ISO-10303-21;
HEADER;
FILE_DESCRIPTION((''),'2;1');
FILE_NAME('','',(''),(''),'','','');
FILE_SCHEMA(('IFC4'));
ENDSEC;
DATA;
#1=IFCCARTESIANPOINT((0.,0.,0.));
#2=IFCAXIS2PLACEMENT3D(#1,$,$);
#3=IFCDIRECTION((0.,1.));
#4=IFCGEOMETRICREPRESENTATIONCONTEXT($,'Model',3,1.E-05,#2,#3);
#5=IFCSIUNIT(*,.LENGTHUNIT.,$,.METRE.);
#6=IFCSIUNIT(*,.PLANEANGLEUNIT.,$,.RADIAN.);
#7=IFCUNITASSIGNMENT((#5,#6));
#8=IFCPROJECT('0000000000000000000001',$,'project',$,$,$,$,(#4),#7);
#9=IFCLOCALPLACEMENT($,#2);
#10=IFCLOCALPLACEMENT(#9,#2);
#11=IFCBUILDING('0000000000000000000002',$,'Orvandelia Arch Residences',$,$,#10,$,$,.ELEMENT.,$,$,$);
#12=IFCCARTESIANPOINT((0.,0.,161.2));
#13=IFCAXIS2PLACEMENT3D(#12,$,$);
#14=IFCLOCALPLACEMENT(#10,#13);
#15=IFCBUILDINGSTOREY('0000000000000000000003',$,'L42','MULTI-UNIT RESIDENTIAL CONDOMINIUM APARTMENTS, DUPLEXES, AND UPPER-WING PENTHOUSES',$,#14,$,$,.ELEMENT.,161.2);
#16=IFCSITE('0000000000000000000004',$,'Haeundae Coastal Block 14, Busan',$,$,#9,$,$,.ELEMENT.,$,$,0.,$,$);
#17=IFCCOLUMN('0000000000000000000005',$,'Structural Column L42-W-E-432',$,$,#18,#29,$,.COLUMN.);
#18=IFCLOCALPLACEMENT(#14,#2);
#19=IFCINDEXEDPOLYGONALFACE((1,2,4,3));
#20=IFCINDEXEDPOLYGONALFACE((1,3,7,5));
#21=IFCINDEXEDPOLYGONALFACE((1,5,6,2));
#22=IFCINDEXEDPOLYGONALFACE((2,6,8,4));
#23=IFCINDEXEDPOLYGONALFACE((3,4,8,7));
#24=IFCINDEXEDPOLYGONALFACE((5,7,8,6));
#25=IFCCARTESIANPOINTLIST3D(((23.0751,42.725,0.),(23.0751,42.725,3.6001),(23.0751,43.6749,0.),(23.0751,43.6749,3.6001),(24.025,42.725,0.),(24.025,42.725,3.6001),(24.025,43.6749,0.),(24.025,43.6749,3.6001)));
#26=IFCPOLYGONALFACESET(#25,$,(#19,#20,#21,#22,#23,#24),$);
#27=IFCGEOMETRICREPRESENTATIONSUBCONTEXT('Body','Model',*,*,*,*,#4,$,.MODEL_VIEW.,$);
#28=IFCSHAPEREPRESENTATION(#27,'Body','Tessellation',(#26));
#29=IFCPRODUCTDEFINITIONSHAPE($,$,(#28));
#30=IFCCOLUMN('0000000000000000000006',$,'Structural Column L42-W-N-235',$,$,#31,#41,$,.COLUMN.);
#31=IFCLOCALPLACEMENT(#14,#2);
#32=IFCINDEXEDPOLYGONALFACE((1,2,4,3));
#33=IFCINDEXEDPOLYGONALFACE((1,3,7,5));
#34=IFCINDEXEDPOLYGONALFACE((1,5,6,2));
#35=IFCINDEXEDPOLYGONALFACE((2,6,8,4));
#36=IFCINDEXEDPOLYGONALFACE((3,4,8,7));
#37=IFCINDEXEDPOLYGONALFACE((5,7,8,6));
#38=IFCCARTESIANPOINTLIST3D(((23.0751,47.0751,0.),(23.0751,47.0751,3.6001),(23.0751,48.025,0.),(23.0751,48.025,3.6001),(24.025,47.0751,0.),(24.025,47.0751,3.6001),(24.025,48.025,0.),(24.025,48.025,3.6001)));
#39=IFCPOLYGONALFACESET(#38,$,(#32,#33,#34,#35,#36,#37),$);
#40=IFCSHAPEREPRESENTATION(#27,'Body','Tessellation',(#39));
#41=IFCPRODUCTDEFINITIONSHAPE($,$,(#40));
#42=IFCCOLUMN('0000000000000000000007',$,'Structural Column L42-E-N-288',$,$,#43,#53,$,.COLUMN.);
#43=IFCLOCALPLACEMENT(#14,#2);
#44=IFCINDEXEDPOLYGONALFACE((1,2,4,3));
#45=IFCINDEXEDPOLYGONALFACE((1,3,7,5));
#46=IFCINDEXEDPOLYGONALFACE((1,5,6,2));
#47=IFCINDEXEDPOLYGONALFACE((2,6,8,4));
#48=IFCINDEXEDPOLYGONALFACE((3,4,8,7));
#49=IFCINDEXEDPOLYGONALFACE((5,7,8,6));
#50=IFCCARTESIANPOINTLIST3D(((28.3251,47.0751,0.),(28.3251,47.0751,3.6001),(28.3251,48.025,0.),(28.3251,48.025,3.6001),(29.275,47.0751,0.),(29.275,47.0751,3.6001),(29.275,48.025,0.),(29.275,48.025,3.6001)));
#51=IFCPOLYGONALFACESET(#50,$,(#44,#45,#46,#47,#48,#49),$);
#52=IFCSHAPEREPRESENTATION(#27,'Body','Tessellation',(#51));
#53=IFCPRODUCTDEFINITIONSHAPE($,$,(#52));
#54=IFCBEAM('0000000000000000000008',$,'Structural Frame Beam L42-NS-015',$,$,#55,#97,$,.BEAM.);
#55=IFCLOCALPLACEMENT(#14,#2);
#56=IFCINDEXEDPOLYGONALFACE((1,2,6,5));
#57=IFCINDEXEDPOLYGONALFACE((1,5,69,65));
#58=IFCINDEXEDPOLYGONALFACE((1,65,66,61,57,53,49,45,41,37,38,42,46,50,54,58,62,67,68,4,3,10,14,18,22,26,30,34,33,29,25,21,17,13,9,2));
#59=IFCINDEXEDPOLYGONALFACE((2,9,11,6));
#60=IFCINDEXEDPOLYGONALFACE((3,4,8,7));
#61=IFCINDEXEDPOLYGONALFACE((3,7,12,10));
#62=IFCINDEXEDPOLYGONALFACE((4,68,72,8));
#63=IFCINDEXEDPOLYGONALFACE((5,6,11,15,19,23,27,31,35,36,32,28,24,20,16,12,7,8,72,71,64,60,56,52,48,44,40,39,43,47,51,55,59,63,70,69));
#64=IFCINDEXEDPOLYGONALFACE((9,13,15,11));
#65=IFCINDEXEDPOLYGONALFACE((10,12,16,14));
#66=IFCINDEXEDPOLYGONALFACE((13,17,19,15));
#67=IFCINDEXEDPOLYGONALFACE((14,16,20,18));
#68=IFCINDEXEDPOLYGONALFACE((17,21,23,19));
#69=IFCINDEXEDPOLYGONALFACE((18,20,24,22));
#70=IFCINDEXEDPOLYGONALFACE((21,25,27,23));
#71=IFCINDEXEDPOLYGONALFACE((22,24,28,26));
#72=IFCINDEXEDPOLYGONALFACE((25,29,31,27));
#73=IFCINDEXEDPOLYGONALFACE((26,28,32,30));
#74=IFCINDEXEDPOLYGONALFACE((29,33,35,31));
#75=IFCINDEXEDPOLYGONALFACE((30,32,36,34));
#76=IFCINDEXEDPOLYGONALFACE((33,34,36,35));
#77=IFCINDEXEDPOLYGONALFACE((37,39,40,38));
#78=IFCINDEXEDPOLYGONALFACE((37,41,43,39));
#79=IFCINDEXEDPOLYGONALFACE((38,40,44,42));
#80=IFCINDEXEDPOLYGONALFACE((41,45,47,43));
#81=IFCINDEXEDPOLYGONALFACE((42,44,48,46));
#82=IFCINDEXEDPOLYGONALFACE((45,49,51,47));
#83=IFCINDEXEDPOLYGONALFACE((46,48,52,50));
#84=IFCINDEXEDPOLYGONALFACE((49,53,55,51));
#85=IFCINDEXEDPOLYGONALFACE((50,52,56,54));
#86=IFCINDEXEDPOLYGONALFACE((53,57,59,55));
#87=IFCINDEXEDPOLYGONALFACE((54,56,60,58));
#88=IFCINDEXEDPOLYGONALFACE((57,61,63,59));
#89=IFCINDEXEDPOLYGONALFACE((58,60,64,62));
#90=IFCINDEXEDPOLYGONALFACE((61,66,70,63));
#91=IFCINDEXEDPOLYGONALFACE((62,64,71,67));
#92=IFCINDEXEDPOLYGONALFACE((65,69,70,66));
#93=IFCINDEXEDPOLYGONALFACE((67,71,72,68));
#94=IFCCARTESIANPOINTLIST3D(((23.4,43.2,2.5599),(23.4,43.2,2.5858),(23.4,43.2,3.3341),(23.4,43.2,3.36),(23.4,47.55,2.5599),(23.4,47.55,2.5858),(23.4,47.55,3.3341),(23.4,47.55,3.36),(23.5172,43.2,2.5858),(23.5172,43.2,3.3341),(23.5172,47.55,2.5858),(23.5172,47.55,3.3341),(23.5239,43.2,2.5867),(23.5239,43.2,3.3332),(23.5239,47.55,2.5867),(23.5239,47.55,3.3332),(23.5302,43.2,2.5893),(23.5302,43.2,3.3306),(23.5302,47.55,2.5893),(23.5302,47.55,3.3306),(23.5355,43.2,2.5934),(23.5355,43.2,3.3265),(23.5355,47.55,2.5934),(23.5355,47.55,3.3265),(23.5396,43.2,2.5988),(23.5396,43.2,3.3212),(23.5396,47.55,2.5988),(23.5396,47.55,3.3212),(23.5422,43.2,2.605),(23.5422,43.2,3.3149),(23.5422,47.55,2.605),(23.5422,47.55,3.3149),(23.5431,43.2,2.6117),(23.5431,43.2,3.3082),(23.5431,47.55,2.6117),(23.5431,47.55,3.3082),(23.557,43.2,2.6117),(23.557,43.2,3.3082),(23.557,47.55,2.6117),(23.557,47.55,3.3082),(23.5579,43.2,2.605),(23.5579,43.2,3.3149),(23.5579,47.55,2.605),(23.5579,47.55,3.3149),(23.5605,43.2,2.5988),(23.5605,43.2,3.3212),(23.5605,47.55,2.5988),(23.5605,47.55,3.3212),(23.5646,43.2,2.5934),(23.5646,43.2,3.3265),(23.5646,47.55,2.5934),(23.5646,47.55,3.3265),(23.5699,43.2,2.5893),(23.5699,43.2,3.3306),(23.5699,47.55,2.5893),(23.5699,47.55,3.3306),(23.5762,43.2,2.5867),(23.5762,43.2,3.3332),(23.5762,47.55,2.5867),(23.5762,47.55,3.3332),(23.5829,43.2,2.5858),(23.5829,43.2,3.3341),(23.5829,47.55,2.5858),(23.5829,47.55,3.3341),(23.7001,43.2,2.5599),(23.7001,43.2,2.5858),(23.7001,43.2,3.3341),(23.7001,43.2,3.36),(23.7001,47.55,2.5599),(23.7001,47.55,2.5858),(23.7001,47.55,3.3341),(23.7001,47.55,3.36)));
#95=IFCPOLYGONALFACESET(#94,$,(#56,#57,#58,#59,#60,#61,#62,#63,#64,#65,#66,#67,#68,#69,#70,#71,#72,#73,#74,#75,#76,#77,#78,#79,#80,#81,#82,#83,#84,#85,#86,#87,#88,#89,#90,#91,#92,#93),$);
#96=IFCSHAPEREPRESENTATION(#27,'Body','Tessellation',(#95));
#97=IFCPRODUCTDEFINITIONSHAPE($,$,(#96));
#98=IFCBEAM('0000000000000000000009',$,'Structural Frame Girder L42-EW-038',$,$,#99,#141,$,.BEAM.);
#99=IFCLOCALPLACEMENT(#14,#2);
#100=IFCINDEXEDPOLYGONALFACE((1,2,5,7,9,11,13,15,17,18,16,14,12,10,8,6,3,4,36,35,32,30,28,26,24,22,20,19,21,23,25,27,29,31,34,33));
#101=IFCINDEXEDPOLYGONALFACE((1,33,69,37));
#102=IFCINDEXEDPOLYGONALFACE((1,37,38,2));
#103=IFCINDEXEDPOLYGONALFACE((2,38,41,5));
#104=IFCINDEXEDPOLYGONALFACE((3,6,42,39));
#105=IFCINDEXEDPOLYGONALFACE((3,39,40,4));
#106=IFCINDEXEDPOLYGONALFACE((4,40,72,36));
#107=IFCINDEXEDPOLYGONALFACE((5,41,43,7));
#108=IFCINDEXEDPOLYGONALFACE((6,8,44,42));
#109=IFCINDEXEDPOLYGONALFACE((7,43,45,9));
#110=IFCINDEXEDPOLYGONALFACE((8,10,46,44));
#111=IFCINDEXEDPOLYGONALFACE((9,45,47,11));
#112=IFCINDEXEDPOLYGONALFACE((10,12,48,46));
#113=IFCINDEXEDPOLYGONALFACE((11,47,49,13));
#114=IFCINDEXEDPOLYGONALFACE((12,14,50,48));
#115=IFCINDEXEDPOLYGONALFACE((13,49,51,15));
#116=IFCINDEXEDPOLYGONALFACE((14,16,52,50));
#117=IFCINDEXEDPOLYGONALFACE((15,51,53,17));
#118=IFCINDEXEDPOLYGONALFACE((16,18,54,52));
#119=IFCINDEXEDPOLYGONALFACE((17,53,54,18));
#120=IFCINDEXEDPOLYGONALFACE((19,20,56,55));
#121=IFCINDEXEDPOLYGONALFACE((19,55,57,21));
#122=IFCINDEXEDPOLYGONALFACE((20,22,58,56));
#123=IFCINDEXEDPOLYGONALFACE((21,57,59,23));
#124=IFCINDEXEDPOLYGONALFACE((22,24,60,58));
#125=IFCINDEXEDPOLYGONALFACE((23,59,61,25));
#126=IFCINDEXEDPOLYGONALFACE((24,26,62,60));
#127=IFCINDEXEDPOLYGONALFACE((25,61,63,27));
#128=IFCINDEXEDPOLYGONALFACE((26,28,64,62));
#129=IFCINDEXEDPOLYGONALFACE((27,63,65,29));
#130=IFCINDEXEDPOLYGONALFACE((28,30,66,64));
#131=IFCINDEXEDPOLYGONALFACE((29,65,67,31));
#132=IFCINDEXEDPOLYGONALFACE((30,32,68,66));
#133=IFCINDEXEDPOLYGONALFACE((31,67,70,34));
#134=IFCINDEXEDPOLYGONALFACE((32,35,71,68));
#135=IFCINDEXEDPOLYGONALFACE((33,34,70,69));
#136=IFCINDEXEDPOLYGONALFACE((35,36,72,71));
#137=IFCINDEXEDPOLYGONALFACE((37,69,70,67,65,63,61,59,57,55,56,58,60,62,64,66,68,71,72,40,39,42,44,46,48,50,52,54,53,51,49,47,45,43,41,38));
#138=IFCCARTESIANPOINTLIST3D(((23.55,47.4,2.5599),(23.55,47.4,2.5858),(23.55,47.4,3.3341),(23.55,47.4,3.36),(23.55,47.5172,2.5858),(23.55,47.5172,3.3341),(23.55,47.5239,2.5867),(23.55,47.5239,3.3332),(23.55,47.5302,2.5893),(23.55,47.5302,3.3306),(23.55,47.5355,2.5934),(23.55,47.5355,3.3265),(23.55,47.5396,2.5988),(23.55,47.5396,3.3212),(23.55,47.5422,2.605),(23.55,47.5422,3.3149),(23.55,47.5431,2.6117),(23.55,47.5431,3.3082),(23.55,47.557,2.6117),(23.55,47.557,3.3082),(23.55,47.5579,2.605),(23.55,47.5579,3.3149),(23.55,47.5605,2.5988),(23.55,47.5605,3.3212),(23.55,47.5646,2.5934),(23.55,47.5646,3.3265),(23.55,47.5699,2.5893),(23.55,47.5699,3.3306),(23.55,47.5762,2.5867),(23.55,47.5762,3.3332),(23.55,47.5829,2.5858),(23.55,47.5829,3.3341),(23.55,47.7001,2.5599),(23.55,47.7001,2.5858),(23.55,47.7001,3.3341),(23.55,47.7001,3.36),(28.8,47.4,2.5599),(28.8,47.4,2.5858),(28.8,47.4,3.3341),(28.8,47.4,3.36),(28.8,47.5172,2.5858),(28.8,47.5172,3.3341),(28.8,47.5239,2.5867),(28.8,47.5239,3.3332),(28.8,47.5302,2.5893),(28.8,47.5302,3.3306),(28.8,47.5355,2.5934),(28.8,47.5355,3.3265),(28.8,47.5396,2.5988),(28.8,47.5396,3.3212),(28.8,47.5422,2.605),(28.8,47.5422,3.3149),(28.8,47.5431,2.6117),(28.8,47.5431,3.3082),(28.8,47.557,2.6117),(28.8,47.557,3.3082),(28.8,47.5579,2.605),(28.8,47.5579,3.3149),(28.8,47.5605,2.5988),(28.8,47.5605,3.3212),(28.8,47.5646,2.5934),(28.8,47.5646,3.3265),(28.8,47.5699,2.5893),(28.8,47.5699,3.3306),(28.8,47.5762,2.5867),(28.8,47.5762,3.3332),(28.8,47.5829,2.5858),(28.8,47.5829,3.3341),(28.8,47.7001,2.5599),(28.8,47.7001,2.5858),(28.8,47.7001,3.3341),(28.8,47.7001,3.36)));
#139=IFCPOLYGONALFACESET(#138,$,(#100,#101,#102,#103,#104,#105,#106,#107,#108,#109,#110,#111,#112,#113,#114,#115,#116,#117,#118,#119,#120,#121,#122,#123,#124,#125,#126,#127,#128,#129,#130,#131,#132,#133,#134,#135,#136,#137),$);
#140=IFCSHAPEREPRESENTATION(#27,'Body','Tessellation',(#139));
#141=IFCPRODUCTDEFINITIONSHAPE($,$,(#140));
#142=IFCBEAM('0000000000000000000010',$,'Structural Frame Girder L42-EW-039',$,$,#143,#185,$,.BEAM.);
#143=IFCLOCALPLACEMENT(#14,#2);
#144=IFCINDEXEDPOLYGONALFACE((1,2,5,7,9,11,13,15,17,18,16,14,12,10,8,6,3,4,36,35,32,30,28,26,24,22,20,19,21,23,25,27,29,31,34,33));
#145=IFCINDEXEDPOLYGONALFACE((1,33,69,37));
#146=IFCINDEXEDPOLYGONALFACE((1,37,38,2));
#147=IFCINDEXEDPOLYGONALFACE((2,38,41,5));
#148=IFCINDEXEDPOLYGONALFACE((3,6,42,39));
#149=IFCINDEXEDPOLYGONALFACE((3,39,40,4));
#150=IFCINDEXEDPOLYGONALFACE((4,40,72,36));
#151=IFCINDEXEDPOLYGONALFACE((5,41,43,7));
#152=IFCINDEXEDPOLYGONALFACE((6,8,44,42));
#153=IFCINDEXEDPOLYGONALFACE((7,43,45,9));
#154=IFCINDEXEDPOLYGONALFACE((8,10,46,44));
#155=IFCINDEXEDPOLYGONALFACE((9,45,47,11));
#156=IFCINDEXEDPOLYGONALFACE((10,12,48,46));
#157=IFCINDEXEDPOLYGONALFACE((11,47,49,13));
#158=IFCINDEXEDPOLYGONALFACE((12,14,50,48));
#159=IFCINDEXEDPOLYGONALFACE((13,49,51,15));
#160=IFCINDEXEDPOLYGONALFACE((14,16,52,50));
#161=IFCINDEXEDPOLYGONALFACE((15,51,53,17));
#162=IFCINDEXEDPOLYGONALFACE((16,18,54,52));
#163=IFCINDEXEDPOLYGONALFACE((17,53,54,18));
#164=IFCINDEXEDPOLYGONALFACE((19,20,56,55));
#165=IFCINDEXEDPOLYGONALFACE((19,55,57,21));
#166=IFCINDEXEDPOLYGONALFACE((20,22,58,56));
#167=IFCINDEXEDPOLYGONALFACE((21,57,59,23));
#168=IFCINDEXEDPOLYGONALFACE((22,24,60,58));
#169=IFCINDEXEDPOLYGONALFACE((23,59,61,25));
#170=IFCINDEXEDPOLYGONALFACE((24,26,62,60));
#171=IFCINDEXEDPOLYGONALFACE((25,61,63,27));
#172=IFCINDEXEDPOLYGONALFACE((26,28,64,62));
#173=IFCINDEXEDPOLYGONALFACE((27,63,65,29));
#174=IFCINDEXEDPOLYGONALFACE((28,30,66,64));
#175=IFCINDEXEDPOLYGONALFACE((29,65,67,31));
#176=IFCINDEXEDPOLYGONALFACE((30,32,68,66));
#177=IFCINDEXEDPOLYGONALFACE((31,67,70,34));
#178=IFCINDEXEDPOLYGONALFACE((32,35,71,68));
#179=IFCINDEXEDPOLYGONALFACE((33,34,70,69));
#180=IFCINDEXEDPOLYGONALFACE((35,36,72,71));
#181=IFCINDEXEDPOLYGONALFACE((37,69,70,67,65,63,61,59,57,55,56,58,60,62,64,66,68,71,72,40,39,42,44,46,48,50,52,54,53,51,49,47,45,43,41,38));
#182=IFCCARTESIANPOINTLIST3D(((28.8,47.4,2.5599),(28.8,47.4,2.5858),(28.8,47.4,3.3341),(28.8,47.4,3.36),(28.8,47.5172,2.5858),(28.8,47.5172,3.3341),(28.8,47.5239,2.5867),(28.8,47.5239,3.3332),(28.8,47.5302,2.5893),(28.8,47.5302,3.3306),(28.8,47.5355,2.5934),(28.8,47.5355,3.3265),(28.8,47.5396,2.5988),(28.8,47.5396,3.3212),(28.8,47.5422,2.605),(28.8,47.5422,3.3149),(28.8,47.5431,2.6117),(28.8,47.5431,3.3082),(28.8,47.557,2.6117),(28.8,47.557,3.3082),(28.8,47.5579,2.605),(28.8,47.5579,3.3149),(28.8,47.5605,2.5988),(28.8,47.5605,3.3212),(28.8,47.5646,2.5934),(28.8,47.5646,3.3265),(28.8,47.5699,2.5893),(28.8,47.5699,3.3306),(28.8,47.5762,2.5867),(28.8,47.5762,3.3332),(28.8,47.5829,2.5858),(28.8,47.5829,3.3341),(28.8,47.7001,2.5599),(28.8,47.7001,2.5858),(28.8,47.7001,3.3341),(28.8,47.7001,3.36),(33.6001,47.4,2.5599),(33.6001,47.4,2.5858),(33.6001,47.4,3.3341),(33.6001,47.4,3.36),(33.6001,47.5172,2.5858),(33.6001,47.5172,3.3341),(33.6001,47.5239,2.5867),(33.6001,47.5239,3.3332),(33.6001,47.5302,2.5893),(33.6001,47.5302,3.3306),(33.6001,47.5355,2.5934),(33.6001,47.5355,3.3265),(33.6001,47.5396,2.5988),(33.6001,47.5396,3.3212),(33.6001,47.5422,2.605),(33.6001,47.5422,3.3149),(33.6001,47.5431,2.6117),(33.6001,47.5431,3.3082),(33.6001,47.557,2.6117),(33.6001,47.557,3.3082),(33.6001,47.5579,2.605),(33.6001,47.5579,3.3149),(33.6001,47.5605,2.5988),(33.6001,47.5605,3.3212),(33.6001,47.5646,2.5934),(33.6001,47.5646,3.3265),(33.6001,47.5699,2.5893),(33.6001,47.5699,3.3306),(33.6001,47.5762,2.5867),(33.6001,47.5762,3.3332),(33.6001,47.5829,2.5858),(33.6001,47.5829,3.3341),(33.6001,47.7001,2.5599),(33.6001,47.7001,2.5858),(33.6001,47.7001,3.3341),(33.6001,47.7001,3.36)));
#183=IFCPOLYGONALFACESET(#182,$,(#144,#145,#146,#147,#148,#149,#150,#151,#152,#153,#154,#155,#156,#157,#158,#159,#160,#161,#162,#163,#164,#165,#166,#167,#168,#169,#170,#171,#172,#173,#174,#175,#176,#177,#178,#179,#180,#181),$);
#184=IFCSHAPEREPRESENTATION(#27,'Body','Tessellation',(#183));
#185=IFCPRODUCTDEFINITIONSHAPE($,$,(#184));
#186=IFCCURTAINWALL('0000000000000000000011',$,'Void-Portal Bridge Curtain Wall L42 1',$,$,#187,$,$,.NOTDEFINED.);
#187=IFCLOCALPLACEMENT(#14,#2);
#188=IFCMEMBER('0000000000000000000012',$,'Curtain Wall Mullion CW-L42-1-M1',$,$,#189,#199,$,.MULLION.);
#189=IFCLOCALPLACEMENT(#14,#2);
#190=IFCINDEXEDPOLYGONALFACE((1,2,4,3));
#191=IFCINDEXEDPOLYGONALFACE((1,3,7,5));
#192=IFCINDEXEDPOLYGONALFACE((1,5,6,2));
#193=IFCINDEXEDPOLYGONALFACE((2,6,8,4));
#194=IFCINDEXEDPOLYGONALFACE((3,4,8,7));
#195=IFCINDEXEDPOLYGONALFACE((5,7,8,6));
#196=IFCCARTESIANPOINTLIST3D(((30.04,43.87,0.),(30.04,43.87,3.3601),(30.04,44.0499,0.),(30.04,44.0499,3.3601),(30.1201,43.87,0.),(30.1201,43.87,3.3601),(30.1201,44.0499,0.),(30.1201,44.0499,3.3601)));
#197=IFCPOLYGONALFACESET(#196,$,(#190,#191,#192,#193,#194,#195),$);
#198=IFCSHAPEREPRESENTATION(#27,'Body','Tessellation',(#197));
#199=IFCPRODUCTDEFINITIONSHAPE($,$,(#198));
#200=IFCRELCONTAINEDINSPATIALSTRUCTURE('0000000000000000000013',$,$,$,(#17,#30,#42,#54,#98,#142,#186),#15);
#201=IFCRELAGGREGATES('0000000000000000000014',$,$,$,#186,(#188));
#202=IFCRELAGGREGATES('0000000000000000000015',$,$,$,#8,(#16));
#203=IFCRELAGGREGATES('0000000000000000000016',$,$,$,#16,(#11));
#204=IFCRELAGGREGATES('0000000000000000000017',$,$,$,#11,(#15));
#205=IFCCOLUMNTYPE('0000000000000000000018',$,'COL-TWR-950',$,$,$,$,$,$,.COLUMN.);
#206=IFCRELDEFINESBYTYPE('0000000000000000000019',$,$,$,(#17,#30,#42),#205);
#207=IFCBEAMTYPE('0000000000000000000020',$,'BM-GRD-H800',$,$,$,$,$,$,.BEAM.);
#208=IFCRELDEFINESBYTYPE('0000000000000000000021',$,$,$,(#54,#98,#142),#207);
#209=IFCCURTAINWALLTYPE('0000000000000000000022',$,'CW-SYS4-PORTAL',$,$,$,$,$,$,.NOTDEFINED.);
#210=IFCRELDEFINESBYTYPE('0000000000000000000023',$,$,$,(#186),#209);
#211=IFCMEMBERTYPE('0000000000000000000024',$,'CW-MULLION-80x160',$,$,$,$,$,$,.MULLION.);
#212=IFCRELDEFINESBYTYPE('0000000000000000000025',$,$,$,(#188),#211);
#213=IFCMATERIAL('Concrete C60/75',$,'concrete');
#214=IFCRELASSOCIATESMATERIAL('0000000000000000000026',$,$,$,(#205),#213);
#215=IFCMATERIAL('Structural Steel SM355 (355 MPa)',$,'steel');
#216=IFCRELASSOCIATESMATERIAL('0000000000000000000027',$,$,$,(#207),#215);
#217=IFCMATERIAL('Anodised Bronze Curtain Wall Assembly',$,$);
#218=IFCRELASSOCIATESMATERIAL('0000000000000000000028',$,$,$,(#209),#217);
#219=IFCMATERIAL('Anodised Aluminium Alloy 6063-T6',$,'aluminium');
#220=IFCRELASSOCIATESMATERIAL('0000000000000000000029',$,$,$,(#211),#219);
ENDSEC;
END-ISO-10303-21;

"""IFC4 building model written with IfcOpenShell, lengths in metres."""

from ifc_helpers import new_model, si_unit, direction, frame, origin, origin_2d, place, context, subcontext, project, spatial, rectangle, i_section, extrude, material, material_profile, profile_set, type_object, element, aggregate, save


model = new_model("IFC4")

# Units and contexts
model_context = context("Model", 3, precision=1e-05, world=origin(), true_north=direction((0.0, 1.0)))
body_context = subcontext(model_context, "Body", "Model", "MODEL_VIEW")
ifc_project = project(units=[si_unit("LENGTHUNIT", "METRE"), si_unit("PLANEANGLEUNIT", "RADIAN")], contexts=[model_context])

# Site, building, storey
site_placement = place(None, origin())
site = spatial("IfcSite", under=ifc_project, at=site_placement, Name="Haeundae Coastal Block 14, Busan", CompositionType="ELEMENT", RefElevation=0.0)
building_placement = place(site_placement, origin())
building = spatial("IfcBuilding", under=site, at=building_placement, Name="Orvandelia Arch Residences", CompositionType="ELEMENT")
storey_placement = place(building_placement, frame((0.0, 0.0, 161.2)))
storey = spatial("IfcBuildingStorey", under=building, at=storey_placement, Name="L42", Description="MULTI-UNIT RESIDENTIAL CONDOMINIUM APARTMENTS, DUPLEXES, AND UPPER-WING PENTHOUSES", CompositionType="ELEMENT", Elevation=161.2)

# Columns
ifc_material_1 = material(Name="Concrete C60/75", Category="concrete")
ifc_material_profile_1 = material_profile(ifc_material_1, rectangle(XDim=0.95, YDim=0.95, at=origin_2d()), Name="Concrete C60/75", Category="concrete")
ifc_profile_set_1 = profile_set([ifc_material_profile_1], Name="Concrete C60/75")
column_type = type_object("IfcColumnType", Name="COL-TWR-950", PredefinedType="COLUMN", material=ifc_profile_set_1)
for number, where, z_axis, x_axis, name in (
    (1, (23.55, 43.2, 0.0), (0.0, 0.0, 1.0), (1.0, 0.0, 0.0), "Structural Column L42-W-E-432"),
    (2, (23.55, 47.55, 0.0), (0.0, 0.0, 1.0), (1.0, 0.0, 0.0), "Structural Column L42-W-N-235"),
    (3, (28.8, 47.55, 0.0), (0.0, 0.0, 1.0), (1.0, 0.0, 0.0), "Structural Column L42-E-N-288"),
):
    element("IfcColumn", number, at=place(storey_placement, frame(where, z_axis=z_axis, x_axis=x_axis)), inside=storey, type_object=column_type, Name=name, PredefinedType="COLUMN", context=body_context, shape_type="SweptSolid", body=[
        extrude(rectangle(XDim=0.95, YDim=0.95, at=origin_2d()), origin(), (0.0, 0.0, 1.0), 3.6001),
    ])

# Beams
ifc_material_2 = material(Name="Structural Steel SM355 (355 MPa)", Category="steel")
ifc_material_profile_2 = material_profile(ifc_material_2, i_section(OverallWidth=0.3, OverallDepth=0.8, WebThickness=0.0139, FlangeThickness=0.0259, FilletRadius=0.0259, at=origin_2d()), Name="Structural Steel SM355 (355 MPa)", Category="steel")
ifc_profile_set_2 = profile_set([ifc_material_profile_2], Name="Structural Steel SM355 (355 MPa)")
beam_type = type_object("IfcBeamType", Name="BM-GRD-H800", PredefinedType="BEAM", material=ifc_profile_set_2)
beam_1_placement = place(storey_placement, frame((23.55, 43.2, 2.96), z_axis=(0.0, 1.0, 0.0), x_axis=(-1.0, 0.0, 0.0)))
element("IfcBeam", 4, at=beam_1_placement, inside=storey, type_object=beam_type, Name="Structural Frame Beam L42-NS-015", PredefinedType="BEAM", context=body_context, shape_type="SweptSolid", body=[
    extrude(i_section(OverallWidth=0.3, OverallDepth=0.8, WebThickness=0.0139, FlangeThickness=0.0259, FilletRadius=0.0259, at=origin_2d()), origin(), (0.0, 0.0, 1.0), 4.3501),
])
beam_2_placement = place(storey_placement, frame((23.55, 47.55, 2.96), z_axis=(1.0, 0.0, 0.0), x_axis=(0.0, 1.0, 0.0)))
element("IfcBeam", 5, at=beam_2_placement, inside=storey, type_object=beam_type, Name="Structural Frame Girder L42-EW-038", PredefinedType="BEAM", context=body_context, shape_type="SweptSolid", body=[
    extrude(i_section(OverallWidth=0.3, OverallDepth=0.8, WebThickness=0.0139, FlangeThickness=0.0259, FilletRadius=0.0259, at=origin_2d()), origin(), (0.0, 0.0, 1.0), 5.25),
])
beam_3_placement = place(storey_placement, frame((28.8, 47.55, 2.96), z_axis=(1.0, 0.0, 0.0), x_axis=(0.0, 1.0, 0.0)))
element("IfcBeam", 6, at=beam_3_placement, inside=storey, type_object=beam_type, Name="Structural Frame Girder L42-EW-039", PredefinedType="BEAM", context=body_context, shape_type="SweptSolid", body=[
    extrude(i_section(OverallWidth=0.3, OverallDepth=0.8, WebThickness=0.0139, FlangeThickness=0.0259, FilletRadius=0.0259, at=origin_2d()), origin(), (0.0, 0.0, 1.0), 4.8),
])

# Curtain wall, member
ifc_material_3 = material(Name="Anodised Bronze Curtain Wall Assembly")
curtain_wall_type = type_object("IfcCurtainWallType", Name="CW-SYS4-PORTAL", PredefinedType="NOTDEFINED", material=ifc_material_3)
curtain_wall_placement = place(storey_placement, origin())
curtain_wall = element("IfcCurtainWall", 7, at=curtain_wall_placement, inside=storey, type_object=curtain_wall_type, Name="Void-Portal Bridge Curtain Wall L42 1", PredefinedType="NOTDEFINED")
ifc_material_4 = material(Name="Anodised Aluminium Alloy 6063-T6", Category="aluminium")
ifc_material_profile_3 = material_profile(ifc_material_4, rectangle(XDim=0.0801, YDim=0.1799, at=origin_2d()), Name="Anodised Aluminium Alloy 6063-T6", Category="aluminium")
ifc_profile_set_3 = profile_set([ifc_material_profile_3], Name="Anodised Aluminium Alloy 6063-T6")
member_type_1 = type_object("IfcMemberType", Name="CW-MULLION-80x160", PredefinedType="MULLION", material=ifc_profile_set_3)
member_1_placement = place(storey_placement, frame((30.0801, 43.96, 0.0), z_axis=(0.0, 0.0, 1.0), x_axis=(1.0, 0.0, 0.0)))
member_1 = element("IfcMember", 8, at=member_1_placement, type_object=member_type_1, Name="Curtain Wall Mullion CW-L42-1-M1", PredefinedType="MULLION", context=body_context, shape_type="SweptSolid", body=[
    extrude(rectangle(XDim=0.0801, YDim=0.1799, at=origin_2d()), origin(), (0.0, 0.0, 1.0), 3.3601),
])
aggregate(curtain_wall, [member_1])

save(model, "model.ifc")
